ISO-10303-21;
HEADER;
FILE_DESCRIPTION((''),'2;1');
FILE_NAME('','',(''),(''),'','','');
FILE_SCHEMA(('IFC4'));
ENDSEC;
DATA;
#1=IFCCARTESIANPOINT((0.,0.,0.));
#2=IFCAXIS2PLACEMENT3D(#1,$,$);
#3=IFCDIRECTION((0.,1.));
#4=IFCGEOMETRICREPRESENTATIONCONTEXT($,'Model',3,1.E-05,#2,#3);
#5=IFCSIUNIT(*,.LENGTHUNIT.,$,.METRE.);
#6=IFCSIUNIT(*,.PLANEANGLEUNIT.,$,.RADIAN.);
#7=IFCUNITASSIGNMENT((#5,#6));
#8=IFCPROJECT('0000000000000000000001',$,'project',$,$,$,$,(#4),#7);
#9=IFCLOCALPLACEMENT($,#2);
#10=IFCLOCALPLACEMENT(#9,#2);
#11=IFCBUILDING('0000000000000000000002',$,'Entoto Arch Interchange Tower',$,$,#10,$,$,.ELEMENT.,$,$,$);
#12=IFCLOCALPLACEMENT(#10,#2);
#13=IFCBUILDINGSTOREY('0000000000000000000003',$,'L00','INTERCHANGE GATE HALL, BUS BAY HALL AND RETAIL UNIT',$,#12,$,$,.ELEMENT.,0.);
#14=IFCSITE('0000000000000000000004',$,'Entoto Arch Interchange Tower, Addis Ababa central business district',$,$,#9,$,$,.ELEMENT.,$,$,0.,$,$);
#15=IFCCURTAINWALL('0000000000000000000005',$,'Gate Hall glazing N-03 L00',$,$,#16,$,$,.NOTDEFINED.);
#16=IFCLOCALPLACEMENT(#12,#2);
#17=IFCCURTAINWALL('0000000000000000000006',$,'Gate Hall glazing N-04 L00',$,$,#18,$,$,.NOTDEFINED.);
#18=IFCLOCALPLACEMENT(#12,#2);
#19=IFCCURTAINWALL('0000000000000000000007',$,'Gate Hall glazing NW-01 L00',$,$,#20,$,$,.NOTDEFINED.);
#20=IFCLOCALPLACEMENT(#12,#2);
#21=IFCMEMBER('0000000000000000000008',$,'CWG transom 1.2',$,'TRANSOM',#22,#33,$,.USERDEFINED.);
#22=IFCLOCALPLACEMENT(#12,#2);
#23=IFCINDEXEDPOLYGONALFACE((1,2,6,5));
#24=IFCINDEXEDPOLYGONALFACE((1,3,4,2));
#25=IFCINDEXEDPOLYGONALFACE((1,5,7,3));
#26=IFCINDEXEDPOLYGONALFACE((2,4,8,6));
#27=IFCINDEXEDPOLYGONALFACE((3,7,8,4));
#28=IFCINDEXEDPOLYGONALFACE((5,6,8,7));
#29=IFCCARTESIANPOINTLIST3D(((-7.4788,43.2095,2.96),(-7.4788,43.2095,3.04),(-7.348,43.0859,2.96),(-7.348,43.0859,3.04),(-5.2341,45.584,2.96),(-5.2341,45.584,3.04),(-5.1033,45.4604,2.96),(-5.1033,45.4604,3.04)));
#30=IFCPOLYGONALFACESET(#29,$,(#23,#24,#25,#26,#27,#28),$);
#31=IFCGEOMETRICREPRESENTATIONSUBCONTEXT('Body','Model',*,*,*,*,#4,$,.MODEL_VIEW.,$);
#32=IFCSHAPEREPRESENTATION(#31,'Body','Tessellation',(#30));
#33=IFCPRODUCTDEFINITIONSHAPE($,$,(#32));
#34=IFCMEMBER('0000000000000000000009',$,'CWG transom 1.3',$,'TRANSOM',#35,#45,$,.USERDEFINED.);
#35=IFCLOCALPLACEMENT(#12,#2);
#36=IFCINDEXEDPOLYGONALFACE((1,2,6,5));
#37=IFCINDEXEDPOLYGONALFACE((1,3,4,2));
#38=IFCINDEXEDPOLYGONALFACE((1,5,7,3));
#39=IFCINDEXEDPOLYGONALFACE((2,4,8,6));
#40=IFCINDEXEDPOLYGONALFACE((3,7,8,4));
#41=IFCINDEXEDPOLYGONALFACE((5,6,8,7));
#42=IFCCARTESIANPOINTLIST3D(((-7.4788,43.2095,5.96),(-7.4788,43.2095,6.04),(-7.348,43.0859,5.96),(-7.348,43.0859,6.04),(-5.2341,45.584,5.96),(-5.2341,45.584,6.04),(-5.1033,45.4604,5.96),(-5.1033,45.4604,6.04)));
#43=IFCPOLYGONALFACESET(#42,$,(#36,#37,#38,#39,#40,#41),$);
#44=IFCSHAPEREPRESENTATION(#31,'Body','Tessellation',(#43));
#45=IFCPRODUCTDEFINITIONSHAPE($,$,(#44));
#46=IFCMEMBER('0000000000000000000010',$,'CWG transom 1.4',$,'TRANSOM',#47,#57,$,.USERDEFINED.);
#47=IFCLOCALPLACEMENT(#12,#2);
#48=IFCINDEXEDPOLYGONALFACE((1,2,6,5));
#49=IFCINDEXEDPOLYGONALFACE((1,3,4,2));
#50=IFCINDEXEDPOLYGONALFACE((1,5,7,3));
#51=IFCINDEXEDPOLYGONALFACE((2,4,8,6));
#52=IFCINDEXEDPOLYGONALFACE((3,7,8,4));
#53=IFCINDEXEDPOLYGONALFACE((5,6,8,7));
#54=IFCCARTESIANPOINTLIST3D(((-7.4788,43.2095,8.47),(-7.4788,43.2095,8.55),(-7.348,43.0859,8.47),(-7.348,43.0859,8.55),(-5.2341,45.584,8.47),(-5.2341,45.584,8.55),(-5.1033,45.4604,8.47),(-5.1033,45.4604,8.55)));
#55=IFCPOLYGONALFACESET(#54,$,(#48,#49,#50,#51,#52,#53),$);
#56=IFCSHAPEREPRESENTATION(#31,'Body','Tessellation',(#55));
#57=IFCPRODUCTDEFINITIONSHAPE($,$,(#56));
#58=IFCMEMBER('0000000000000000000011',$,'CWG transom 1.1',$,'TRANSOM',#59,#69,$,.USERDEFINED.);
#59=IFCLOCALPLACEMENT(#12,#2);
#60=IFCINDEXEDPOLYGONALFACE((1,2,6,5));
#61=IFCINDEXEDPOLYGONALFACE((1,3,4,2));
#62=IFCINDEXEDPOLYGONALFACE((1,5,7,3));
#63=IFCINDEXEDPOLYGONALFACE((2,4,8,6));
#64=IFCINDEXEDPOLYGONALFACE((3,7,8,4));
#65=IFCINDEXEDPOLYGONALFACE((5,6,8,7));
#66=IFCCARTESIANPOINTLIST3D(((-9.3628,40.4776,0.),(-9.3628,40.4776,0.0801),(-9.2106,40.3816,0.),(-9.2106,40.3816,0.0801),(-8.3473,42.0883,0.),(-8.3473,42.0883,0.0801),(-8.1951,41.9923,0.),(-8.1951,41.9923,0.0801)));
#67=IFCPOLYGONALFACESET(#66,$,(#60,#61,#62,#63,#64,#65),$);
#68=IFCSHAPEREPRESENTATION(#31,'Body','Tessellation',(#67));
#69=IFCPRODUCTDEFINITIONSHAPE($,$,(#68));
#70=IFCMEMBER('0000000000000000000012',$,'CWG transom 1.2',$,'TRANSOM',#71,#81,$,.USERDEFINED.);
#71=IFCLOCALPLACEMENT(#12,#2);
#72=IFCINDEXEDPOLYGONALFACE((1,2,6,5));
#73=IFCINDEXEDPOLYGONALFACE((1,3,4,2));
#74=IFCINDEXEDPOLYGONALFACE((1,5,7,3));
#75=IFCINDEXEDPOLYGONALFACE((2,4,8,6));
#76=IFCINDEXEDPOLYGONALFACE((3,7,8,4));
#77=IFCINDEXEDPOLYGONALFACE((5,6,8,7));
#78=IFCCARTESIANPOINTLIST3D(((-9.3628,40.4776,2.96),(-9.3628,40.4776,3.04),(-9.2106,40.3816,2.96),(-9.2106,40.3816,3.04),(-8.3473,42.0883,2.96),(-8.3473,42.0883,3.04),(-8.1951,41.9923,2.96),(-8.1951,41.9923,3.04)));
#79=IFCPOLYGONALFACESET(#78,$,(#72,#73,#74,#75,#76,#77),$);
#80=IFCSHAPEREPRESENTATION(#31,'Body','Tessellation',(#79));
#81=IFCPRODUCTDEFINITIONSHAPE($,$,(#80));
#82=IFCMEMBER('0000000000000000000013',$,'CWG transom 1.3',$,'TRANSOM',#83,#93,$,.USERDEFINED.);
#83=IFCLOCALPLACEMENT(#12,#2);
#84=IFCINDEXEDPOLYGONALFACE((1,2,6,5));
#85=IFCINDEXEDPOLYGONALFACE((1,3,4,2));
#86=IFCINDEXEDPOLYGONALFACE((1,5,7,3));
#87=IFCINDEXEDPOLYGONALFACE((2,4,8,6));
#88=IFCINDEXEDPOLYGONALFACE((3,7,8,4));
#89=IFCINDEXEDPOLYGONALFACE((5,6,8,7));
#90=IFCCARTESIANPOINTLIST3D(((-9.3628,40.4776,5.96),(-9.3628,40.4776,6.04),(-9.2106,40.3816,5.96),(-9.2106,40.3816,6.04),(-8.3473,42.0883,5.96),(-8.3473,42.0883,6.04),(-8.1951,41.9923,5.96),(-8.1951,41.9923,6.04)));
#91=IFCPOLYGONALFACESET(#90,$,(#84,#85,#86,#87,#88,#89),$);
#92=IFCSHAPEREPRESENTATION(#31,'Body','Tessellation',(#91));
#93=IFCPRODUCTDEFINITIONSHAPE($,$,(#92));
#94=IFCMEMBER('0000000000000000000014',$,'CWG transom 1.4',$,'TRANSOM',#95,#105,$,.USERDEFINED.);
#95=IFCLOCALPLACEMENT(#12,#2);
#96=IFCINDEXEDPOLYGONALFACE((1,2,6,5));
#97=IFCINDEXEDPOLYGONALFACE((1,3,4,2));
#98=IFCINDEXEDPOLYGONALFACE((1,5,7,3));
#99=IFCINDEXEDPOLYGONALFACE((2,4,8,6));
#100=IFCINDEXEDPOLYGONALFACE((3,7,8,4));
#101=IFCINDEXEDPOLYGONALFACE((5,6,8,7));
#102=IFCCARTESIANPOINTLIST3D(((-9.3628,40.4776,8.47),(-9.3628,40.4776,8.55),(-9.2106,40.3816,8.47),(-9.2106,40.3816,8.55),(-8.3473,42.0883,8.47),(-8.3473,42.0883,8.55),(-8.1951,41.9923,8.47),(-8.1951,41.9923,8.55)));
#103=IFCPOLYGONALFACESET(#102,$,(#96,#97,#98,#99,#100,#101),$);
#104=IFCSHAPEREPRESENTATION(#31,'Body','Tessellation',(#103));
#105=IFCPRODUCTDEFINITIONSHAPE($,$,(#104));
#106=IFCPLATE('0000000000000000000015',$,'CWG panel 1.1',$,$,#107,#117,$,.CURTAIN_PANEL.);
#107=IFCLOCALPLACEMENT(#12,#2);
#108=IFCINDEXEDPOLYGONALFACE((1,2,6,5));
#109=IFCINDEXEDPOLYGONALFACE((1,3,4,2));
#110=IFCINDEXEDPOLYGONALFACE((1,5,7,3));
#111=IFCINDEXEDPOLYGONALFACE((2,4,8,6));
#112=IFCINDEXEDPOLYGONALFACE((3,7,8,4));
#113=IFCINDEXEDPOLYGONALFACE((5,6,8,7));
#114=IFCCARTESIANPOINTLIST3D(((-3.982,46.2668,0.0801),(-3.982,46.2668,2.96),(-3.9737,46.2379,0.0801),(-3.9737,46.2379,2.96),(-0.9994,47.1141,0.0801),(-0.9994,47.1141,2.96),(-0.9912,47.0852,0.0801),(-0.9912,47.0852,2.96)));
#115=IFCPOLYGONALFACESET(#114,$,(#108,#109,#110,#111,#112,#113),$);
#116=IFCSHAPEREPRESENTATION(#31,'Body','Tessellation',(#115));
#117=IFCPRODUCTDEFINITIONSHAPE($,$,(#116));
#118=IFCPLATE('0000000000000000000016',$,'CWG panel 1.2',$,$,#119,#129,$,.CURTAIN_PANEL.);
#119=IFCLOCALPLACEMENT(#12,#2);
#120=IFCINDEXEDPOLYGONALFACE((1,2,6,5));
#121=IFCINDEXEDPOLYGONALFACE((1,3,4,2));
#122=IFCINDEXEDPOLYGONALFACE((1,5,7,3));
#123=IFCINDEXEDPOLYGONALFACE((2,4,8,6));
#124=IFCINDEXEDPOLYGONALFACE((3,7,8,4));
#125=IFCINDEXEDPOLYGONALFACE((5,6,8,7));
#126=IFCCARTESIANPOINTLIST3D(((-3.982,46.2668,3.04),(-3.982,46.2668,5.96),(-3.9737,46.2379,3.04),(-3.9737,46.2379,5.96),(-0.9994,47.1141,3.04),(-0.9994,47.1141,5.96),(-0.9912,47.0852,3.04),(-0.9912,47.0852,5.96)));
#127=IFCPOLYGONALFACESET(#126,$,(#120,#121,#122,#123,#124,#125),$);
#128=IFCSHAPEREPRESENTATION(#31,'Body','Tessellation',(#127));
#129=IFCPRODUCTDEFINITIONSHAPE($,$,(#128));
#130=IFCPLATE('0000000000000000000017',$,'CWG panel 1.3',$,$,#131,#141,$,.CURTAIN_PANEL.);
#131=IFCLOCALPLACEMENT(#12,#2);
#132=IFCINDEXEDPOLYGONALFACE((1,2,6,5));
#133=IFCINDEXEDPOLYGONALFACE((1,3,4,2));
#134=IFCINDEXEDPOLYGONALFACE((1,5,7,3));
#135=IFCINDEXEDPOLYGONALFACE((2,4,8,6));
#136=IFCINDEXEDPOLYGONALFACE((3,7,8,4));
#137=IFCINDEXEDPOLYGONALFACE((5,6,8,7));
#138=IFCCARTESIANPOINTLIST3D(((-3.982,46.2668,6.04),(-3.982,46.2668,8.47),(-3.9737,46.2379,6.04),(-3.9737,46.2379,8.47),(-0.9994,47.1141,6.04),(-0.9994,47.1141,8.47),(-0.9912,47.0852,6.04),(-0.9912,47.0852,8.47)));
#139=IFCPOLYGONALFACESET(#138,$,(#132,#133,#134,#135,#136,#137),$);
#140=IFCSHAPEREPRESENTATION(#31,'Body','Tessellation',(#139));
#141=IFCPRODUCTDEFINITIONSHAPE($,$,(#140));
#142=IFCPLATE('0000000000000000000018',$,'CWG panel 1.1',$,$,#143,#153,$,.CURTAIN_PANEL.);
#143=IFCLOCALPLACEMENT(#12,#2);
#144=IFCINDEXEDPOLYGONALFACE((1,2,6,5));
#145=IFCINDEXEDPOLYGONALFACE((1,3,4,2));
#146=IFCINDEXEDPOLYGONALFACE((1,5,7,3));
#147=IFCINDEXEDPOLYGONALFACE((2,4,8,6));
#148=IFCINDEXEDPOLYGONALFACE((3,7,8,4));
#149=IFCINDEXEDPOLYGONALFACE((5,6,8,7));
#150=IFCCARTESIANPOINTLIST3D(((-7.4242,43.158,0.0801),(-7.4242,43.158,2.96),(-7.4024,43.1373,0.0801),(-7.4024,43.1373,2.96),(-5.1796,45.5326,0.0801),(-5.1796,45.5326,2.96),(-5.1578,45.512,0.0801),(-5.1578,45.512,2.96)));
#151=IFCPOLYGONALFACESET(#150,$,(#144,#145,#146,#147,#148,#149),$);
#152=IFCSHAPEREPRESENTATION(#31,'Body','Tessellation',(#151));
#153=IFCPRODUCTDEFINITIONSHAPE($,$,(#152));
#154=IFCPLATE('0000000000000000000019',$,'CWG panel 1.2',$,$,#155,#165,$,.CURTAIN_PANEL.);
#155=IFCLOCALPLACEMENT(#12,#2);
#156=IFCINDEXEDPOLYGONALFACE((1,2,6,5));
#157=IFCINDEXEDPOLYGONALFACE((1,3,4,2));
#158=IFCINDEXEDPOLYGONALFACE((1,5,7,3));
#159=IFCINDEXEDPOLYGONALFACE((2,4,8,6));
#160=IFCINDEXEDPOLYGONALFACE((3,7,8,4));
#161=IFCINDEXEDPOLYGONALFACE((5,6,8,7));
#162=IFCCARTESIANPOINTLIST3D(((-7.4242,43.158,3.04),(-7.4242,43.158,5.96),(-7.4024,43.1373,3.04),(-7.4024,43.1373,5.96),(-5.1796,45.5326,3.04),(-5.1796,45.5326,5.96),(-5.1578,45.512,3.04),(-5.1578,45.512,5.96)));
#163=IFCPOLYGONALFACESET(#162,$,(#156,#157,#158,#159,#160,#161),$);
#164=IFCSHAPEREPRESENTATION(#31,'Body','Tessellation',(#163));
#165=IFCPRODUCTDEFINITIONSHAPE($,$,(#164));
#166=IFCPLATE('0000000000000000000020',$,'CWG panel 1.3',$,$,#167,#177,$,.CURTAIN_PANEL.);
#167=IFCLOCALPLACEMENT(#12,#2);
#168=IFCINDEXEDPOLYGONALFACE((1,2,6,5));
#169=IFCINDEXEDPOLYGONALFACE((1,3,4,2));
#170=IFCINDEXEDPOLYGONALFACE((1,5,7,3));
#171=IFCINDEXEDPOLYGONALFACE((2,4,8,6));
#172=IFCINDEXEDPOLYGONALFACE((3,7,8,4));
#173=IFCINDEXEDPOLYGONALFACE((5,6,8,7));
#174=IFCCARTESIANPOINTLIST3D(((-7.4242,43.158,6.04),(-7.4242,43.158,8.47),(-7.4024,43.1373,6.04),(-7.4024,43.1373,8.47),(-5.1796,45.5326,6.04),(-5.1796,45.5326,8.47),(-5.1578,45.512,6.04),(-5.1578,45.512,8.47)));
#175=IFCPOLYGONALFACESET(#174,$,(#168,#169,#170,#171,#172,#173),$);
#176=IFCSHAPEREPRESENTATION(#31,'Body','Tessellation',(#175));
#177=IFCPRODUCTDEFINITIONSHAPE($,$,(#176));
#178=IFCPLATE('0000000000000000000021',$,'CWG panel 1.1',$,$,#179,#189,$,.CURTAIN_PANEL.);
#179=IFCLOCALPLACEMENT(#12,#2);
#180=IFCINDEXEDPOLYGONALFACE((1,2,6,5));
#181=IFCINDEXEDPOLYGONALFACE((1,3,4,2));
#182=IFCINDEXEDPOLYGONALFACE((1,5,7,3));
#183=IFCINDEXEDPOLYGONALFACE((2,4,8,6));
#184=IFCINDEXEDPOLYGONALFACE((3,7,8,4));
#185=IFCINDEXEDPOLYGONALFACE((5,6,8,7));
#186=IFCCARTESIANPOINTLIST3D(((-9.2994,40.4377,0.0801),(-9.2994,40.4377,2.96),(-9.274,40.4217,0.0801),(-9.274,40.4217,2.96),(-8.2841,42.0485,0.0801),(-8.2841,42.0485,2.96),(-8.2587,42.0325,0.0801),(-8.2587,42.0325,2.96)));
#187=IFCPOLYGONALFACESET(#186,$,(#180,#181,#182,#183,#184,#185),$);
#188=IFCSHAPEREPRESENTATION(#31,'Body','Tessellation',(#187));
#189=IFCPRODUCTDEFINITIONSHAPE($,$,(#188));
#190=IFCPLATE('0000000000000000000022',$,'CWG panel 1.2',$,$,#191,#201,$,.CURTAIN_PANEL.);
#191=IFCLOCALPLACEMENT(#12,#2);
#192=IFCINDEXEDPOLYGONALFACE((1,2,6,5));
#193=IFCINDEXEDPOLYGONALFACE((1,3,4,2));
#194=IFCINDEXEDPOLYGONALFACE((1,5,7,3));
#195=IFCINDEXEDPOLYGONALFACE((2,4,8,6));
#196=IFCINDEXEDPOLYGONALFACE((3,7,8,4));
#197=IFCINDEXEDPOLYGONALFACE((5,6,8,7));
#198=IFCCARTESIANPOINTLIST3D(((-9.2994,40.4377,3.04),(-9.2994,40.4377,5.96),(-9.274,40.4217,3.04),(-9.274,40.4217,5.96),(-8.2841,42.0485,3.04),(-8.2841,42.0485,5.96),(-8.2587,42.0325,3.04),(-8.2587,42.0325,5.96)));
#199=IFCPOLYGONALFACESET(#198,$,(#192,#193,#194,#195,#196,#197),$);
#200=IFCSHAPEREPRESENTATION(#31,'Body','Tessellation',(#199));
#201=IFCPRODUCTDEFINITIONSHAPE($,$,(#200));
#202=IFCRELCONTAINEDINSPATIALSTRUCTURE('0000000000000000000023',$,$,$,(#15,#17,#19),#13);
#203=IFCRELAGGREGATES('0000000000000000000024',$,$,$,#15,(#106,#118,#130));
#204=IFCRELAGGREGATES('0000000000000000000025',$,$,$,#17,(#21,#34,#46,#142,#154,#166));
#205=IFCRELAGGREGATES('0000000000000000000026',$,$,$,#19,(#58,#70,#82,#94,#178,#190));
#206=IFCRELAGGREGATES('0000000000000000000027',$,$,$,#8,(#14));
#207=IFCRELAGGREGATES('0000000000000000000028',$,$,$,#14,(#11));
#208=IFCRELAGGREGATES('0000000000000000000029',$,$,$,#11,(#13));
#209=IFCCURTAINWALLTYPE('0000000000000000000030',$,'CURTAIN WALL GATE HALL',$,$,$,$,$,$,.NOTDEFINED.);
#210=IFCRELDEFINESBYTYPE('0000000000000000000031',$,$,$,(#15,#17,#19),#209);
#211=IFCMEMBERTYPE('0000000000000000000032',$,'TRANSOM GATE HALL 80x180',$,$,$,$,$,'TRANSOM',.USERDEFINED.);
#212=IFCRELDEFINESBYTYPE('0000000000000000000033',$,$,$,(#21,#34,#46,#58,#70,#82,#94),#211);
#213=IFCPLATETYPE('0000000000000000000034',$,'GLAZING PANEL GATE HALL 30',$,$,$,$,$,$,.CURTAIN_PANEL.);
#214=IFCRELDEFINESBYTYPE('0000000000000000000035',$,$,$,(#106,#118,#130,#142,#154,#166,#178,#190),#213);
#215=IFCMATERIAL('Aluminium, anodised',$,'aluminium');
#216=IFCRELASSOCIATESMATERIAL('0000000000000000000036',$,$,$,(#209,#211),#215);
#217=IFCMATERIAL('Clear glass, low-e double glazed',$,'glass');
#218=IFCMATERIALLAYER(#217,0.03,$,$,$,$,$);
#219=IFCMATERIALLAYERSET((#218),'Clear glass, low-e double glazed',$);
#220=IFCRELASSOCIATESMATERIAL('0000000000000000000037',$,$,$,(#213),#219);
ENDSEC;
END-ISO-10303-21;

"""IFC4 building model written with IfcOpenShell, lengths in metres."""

from ifc_helpers import new_model, si_unit, direction, frame, origin, origin_2d, place, context, subcontext, project, spatial, rectangle, extrude, material, layer, layer_set, material_profile, profile_set, type_object, element, aggregate, save


model = new_model("IFC4")

# Units and contexts
model_context = context("Model", 3, precision=1e-05, world=origin(), true_north=direction((0.0, 1.0)))
body_context = subcontext(model_context, "Body", "Model", "MODEL_VIEW")
ifc_project = project(units=[si_unit("LENGTHUNIT", "METRE"), si_unit("PLANEANGLEUNIT", "RADIAN")], contexts=[model_context])

# Site, building, storey
site_placement = place(None, origin())
site = spatial("IfcSite", under=ifc_project, at=site_placement, Name="Entoto Arch Interchange Tower, Addis Ababa central business district", CompositionType="ELEMENT", RefElevation=0.0)
building_placement = place(site_placement, origin())
building = spatial("IfcBuilding", under=site, at=building_placement, Name="Entoto Arch Interchange Tower", CompositionType="ELEMENT")
storey_placement = place(building_placement, origin())
storey = spatial("IfcBuildingStorey", under=building, at=storey_placement, Name="L00", Description="INTERCHANGE GATE HALL, BUS BAY HALL AND RETAIL UNIT", CompositionType="ELEMENT", Elevation=0.0)

# Curtain walls
ifc_material_1 = material(Name="Aluminium, anodised", Category="aluminium")
curtain_wall_type = type_object("IfcCurtainWallType", Name="CURTAIN WALL GATE HALL", PredefinedType="NOTDEFINED", material=ifc_material_1)
curtain_wall_1_placement = place(storey_placement, origin())
curtain_wall_1 = element("IfcCurtainWall", 1, at=curtain_wall_1_placement, inside=storey, type_object=curtain_wall_type, Name="Gate Hall glazing N-03 L00", PredefinedType="NOTDEFINED")
curtain_wall_2_placement = place(storey_placement, origin())
curtain_wall_2 = element("IfcCurtainWall", 2, at=curtain_wall_2_placement, inside=storey, type_object=curtain_wall_type, Name="Gate Hall glazing N-04 L00", PredefinedType="NOTDEFINED")
curtain_wall_3_placement = place(storey_placement, origin())
curtain_wall_3 = element("IfcCurtainWall", 3, at=curtain_wall_3_placement, inside=storey, type_object=curtain_wall_type, Name="Gate Hall glazing NW-01 L00", PredefinedType="NOTDEFINED")

# Members
ifc_material_profile_1 = material_profile(ifc_material_1, rectangle(XDim=0.1799, YDim=0.0801, at=origin_2d()))
ifc_profile_set_1 = profile_set([ifc_material_profile_1], Name="Aluminium, anodised")
member_type_1 = type_object("IfcMemberType", Name="TRANSOM GATE HALL 80x180", ElementType="TRANSOM", PredefinedType="USERDEFINED", material=ifc_profile_set_1)
member_1_placement = place(storey_placement, frame((-5.1687, 45.5222, 3.0), z_axis=(-0.686953, -0.726702, 0.0), x_axis=(0.726702, -0.686953, 0.0)))
member_1 = element("IfcMember", 4, at=member_1_placement, type_object=member_type_1, Name="CWG transom 1.2", ObjectType="TRANSOM", PredefinedType="USERDEFINED", context=body_context, shape_type="SweptSolid", body=[
    extrude(rectangle(XDim=0.1799, YDim=0.0801, at=origin_2d()), origin(), (0.0, 0.0, 1.0), 3.2676),
])
member_2_placement = place(storey_placement, frame((-5.1687, 45.5222, 6.0), z_axis=(-0.686953, -0.726702, 0.0), x_axis=(0.726702, -0.686953, 0.0)))
member_2 = element("IfcMember", 5, at=member_2_placement, type_object=member_type_1, Name="CWG transom 1.3", ObjectType="TRANSOM", PredefinedType="USERDEFINED", context=body_context, shape_type="SweptSolid", body=[
    extrude(rectangle(XDim=0.1799, YDim=0.0801, at=origin_2d()), origin(), (0.0, 0.0, 1.0), 3.2676),
])
member_3_placement = place(storey_placement, frame((-5.1687, 45.5222, 8.51), z_axis=(-0.686953, -0.726702, 0.0), x_axis=(0.726702, -0.686953, 0.0)))
member_3 = element("IfcMember", 6, at=member_3_placement, type_object=member_type_1, Name="CWG transom 1.4", ObjectType="TRANSOM", PredefinedType="USERDEFINED", context=body_context, shape_type="SweptSolid", body=[
    extrude(rectangle(XDim=0.1799, YDim=0.0801, at=origin_2d()), origin(), (0.0, 0.0, 1.0), 3.2676),
])
member_4_placement = place(storey_placement, frame((-8.2712, 42.0403, 0.04), z_axis=(-0.533303, -0.845924, 0.0), x_axis=(0.845924, -0.533303, 0.0)))
member_4 = element("IfcMember", 7, at=member_4_placement, type_object=member_type_1, Name="CWG transom 1.1", ObjectType="TRANSOM", PredefinedType="USERDEFINED", context=body_context, shape_type="SweptSolid", body=[
    extrude(rectangle(XDim=0.1799, YDim=0.0801, at=origin_2d()), origin(), (0.0, 0.0, 1.0), 1.9041),
])
member_5_placement = place(storey_placement, frame((-8.2712, 42.0403, 3.0), z_axis=(-0.533303, -0.845924, 0.0), x_axis=(0.845924, -0.533303, 0.0)))
member_5 = element("IfcMember", 8, at=member_5_placement, type_object=member_type_1, Name="CWG transom 1.2", ObjectType="TRANSOM", PredefinedType="USERDEFINED", context=body_context, shape_type="SweptSolid", body=[
    extrude(rectangle(XDim=0.1799, YDim=0.0801, at=origin_2d()), origin(), (0.0, 0.0, 1.0), 1.9041),
])
member_6_placement = place(storey_placement, frame((-8.2712, 42.0403, 6.0), z_axis=(-0.533303, -0.845924, 0.0), x_axis=(0.845924, -0.533303, 0.0)))
member_6 = element("IfcMember", 9, at=member_6_placement, type_object=member_type_1, Name="CWG transom 1.3", ObjectType="TRANSOM", PredefinedType="USERDEFINED", context=body_context, shape_type="SweptSolid", body=[
    extrude(rectangle(XDim=0.1799, YDim=0.0801, at=origin_2d()), origin(), (0.0, 0.0, 1.0), 1.9041),
])
member_7_placement = place(storey_placement, frame((-8.2712, 42.0403, 8.51), z_axis=(-0.533303, -0.845924, 0.0), x_axis=(0.845924, -0.533303, 0.0)))
member_7 = element("IfcMember", 10, at=member_7_placement, type_object=member_type_1, Name="CWG transom 1.4", ObjectType="TRANSOM", PredefinedType="USERDEFINED", context=body_context, shape_type="SweptSolid", body=[
    extrude(rectangle(XDim=0.1799, YDim=0.0801, at=origin_2d()), origin(), (0.0, 0.0, 1.0), 1.9041),
])

# Plates
ifc_material_2 = material(Name="Clear glass, low-e double glazed", Category="glass")
ifc_layer_1 = layer(ifc_material_2, 0.03)
ifc_layer_set_1 = layer_set([ifc_layer_1], Name="Clear glass, low-e double glazed")
plate_type = type_object("IfcPlateType", Name="GLAZING PANEL GATE HALL 30", PredefinedType="CURTAIN_PANEL", material=ifc_layer_set_1)
plate_1_placement = place(storey_placement, frame((-2.4866, 46.676, 0.0801), z_axis=(0.0, 0.0, 1.0), x_axis=(-0.961934, -0.27328, 0.0)))
plate_1 = element("IfcPlate", 11, at=plate_1_placement, type_object=plate_type, Name="CWG panel 1.1", PredefinedType="CURTAIN_PANEL", context=body_context, shape_type="SweptSolid", body=[
    extrude(rectangle(XDim=3.1006, YDim=0.03, at=origin_2d()), origin(), (0.0, 0.0, 1.0), 2.8799),
])
plate_2_placement = place(storey_placement, frame((-2.4866, 46.676, 3.04), z_axis=(0.0, 0.0, 1.0), x_axis=(-0.961934, -0.27328, 0.0)))
plate_2 = element("IfcPlate", 12, at=plate_2_placement, type_object=plate_type, Name="CWG panel 1.2", PredefinedType="CURTAIN_PANEL", context=body_context, shape_type="SweptSolid", body=[
    extrude(rectangle(XDim=3.1006, YDim=0.03, at=origin_2d()), origin(), (0.0, 0.0, 1.0), 2.9199),
])
plate_3_placement = place(storey_placement, frame((-2.4866, 46.676, 6.04), z_axis=(0.0, 0.0, 1.0), x_axis=(-0.961934, -0.27328, 0.0)))
plate_3 = element("IfcPlate", 13, at=plate_3_placement, type_object=plate_type, Name="CWG panel 1.3", PredefinedType="CURTAIN_PANEL", context=body_context, shape_type="SweptSolid", body=[
    extrude(rectangle(XDim=3.1006, YDim=0.03, at=origin_2d()), origin(), (0.0, 0.0, 1.0), 2.4299),
])
aggregate(curtain_wall_1, [plate_1, plate_2, plate_3])
plate_4_placement = place(storey_placement, frame((-6.291, 44.335, 0.0801), z_axis=(0.0, 0.0, 1.0), x_axis=(-0.686928, -0.726725, 0.0)))
plate_4 = element("IfcPlate", 14, at=plate_4_placement, type_object=plate_type, Name="CWG panel 1.1", PredefinedType="CURTAIN_PANEL", context=body_context, shape_type="SweptSolid", body=[
    extrude(rectangle(XDim=3.2676, YDim=0.03, at=origin_2d()), origin(), (0.0, 0.0, 1.0), 2.8799),
])
plate_5_placement = place(storey_placement, frame((-6.291, 44.335, 3.04), z_axis=(0.0, 0.0, 1.0), x_axis=(-0.686928, -0.726725, 0.0)))
plate_5 = element("IfcPlate", 15, at=plate_5_placement, type_object=plate_type, Name="CWG panel 1.2", PredefinedType="CURTAIN_PANEL", context=body_context, shape_type="SweptSolid", body=[
    extrude(rectangle(XDim=3.2676, YDim=0.03, at=origin_2d()), origin(), (0.0, 0.0, 1.0), 2.9199),
])
plate_6_placement = place(storey_placement, frame((-6.291, 44.335, 6.04), z_axis=(0.0, 0.0, 1.0), x_axis=(-0.686928, -0.726725, 0.0)))
plate_6 = element("IfcPlate", 16, at=plate_6_placement, type_object=plate_type, Name="CWG panel 1.3", PredefinedType="CURTAIN_PANEL", context=body_context, shape_type="SweptSolid", body=[
    extrude(rectangle(XDim=3.2676, YDim=0.03, at=origin_2d()), origin(), (0.0, 0.0, 1.0), 2.4299),
])
aggregate(curtain_wall_2, [member_1, member_2, member_3, plate_4, plate_5, plate_6])
plate_7_placement = place(storey_placement, frame((-8.7791, 41.2351, 0.0801), z_axis=(0.0, 0.0, 1.0), x_axis=(-0.533248, -0.845959, 0.0)))
plate_7 = element("IfcPlate", 17, at=plate_7_placement, type_object=plate_type, Name="CWG panel 1.1", PredefinedType="CURTAIN_PANEL", context=body_context, shape_type="SweptSolid", body=[
    extrude(rectangle(XDim=1.9041, YDim=0.03, at=origin_2d()), origin(), (0.0, 0.0, 1.0), 2.8799),
])
plate_8_placement = place(storey_placement, frame((-8.7791, 41.2351, 3.04), z_axis=(0.0, 0.0, 1.0), x_axis=(-0.533248, -0.845959, 0.0)))
plate_8 = element("IfcPlate", 18, at=plate_8_placement, type_object=plate_type, Name="CWG panel 1.2", PredefinedType="CURTAIN_PANEL", context=body_context, shape_type="SweptSolid", body=[
    extrude(rectangle(XDim=1.9041, YDim=0.03, at=origin_2d()), origin(), (0.0, 0.0, 1.0), 2.9199),
])
aggregate(curtain_wall_3, [member_4, member_5, member_6, member_7, plate_7, plate_8])

save(model, "model.ifc")
